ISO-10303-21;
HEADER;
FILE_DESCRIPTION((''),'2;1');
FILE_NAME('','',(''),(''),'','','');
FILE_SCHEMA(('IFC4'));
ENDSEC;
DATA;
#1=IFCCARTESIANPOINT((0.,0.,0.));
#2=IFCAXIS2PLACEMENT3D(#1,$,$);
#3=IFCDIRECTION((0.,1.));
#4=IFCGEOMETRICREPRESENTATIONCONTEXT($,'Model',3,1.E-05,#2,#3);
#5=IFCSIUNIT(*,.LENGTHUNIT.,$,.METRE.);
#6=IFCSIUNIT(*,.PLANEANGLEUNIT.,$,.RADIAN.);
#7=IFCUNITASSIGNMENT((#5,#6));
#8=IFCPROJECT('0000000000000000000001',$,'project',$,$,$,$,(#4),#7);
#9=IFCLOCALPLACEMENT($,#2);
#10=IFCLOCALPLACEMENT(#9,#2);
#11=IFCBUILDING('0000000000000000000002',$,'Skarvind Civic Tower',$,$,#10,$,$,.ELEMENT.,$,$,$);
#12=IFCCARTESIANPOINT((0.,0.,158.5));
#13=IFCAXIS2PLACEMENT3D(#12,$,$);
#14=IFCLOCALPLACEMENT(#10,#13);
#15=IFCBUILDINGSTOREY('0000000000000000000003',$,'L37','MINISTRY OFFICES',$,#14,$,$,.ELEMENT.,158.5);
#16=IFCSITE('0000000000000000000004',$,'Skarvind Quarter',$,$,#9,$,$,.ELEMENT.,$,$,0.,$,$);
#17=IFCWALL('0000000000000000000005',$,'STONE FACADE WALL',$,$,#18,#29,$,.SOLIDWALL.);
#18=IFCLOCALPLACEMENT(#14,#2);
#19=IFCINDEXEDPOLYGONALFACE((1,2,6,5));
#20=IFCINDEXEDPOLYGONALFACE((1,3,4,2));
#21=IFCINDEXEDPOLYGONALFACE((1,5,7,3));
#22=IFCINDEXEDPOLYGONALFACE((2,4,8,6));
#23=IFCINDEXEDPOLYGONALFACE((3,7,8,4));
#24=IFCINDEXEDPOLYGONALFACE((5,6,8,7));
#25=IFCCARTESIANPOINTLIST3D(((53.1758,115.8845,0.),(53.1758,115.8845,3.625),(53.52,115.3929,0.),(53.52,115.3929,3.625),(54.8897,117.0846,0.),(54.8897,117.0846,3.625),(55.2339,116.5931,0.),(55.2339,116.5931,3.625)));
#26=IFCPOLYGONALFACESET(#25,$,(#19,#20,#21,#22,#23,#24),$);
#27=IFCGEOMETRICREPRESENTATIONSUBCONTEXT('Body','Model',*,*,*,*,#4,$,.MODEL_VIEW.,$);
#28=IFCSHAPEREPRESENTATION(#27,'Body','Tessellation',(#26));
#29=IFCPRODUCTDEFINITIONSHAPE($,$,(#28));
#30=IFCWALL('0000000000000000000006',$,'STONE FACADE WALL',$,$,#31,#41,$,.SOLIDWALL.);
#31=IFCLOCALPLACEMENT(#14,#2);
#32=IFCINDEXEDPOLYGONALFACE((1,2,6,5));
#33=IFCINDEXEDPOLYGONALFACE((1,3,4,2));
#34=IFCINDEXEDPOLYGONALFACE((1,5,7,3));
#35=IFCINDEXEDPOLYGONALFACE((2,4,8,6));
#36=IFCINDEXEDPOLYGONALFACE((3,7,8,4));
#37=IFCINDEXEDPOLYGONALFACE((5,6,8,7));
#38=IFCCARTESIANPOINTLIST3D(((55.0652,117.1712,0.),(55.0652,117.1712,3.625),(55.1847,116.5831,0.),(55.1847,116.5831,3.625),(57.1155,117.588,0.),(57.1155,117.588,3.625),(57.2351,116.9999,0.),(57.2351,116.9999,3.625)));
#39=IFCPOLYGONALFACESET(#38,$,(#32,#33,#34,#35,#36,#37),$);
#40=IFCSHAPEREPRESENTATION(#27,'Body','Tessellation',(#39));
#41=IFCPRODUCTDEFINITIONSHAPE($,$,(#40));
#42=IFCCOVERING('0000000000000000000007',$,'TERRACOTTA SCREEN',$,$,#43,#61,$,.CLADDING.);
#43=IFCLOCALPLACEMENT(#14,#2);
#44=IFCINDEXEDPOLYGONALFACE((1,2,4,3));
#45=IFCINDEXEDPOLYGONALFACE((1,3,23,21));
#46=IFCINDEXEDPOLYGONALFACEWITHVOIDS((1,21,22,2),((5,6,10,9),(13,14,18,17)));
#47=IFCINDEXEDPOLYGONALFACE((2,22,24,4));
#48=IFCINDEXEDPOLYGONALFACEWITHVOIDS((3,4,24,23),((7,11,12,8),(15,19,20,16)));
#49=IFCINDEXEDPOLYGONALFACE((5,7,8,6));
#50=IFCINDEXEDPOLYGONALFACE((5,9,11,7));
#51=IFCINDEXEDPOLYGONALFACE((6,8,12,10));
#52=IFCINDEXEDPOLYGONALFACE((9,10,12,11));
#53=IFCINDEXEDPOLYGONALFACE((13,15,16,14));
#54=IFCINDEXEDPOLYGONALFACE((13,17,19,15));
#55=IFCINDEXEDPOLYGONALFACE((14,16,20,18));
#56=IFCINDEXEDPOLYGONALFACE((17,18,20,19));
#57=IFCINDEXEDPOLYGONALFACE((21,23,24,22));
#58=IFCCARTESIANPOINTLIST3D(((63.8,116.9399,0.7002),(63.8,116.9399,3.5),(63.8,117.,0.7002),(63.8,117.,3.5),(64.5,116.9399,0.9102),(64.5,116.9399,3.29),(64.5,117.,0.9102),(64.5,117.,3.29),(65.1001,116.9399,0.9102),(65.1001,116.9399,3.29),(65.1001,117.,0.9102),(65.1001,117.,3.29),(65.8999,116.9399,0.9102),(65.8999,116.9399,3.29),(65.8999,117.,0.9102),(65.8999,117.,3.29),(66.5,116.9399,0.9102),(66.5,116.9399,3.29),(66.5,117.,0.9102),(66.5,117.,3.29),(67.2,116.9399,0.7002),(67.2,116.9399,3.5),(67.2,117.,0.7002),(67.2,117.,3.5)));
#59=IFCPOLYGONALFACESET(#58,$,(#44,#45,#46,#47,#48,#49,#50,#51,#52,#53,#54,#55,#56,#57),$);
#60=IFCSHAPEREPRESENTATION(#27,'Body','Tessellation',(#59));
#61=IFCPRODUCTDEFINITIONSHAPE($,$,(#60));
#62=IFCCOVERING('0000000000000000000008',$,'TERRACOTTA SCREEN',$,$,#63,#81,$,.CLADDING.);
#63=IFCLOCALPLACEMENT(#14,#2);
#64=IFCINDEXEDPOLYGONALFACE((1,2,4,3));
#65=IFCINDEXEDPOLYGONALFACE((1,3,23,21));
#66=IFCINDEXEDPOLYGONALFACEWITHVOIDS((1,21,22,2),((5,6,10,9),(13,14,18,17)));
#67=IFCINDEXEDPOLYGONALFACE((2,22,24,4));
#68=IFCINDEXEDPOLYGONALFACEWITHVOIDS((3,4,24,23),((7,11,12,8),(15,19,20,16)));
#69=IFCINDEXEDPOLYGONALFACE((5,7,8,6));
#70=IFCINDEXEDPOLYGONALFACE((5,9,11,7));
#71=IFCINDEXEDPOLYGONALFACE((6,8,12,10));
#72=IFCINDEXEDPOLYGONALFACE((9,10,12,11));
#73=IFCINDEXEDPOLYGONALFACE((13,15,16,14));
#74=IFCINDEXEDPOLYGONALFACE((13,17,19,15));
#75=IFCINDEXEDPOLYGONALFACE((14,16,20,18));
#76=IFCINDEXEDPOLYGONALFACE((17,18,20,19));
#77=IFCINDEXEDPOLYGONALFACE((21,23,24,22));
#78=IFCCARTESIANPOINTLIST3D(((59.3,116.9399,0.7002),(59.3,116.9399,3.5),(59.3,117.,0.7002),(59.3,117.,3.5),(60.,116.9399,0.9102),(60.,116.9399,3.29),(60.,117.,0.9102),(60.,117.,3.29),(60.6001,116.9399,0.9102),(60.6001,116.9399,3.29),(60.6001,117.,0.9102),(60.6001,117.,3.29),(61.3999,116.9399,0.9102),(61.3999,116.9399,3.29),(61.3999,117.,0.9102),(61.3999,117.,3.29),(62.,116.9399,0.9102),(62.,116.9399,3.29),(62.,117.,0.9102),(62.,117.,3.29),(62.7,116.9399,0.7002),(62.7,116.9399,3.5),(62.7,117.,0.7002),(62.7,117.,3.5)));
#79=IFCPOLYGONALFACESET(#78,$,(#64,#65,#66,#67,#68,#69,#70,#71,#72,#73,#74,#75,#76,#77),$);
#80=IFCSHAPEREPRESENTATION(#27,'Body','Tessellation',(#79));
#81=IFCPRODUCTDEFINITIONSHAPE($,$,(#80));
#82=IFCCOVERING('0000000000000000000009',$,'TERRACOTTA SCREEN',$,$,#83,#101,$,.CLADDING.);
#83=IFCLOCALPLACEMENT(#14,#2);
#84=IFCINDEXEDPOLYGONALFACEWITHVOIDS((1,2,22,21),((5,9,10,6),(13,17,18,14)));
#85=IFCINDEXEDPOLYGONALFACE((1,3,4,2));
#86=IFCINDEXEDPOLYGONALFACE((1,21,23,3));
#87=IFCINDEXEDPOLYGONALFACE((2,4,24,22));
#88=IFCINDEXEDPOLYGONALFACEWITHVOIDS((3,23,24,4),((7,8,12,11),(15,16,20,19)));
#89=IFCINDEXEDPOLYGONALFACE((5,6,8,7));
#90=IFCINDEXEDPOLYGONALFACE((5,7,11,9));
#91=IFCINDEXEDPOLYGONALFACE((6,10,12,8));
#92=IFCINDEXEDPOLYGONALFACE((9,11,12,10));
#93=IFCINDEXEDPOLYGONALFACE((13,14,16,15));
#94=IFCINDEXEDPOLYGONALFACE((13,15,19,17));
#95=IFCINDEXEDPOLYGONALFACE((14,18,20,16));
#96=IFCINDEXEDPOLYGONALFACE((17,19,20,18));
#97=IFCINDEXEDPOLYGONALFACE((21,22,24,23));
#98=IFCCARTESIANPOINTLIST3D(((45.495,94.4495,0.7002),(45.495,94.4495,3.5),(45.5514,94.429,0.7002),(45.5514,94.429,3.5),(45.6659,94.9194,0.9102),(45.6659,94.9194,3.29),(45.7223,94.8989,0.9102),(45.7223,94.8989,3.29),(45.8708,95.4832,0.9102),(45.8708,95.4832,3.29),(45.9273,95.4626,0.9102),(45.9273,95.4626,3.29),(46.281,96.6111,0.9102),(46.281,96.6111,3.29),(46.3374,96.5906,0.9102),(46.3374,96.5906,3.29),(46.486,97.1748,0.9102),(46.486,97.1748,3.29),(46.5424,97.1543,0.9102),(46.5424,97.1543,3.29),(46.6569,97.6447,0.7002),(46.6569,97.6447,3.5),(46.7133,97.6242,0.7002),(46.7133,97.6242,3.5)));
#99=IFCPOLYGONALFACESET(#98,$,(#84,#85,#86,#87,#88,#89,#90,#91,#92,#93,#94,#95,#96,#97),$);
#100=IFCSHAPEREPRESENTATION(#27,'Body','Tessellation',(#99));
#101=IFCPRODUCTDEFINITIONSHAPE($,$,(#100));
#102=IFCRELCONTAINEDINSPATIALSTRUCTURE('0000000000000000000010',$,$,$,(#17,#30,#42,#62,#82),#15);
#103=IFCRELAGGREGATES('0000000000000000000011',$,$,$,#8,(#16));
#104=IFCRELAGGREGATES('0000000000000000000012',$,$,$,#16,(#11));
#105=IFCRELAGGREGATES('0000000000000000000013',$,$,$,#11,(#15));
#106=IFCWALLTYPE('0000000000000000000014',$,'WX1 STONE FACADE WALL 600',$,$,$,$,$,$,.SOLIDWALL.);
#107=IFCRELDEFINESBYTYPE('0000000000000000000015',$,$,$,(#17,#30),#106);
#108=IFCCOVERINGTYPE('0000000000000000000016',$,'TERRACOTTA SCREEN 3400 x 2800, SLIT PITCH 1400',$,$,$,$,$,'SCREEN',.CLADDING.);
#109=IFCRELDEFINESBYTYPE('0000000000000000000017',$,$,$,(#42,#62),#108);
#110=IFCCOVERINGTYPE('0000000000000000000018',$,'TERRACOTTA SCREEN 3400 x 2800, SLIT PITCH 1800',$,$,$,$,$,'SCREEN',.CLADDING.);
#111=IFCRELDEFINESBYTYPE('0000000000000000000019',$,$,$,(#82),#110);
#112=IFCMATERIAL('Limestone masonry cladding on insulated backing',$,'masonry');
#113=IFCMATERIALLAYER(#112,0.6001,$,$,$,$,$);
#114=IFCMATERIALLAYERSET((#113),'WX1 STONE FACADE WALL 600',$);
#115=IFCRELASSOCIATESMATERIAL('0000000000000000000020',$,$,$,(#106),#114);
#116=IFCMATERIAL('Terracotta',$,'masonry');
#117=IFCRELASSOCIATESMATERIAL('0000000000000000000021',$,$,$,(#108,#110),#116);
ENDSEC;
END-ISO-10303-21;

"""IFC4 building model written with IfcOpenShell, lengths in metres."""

from ifc_helpers import new_model, si_unit, direction, frame, frame_2d, origin, place, context, subcontext, project, spatial, polyline, rectangle, outline, extrude, material, layer, layer_set, material_profile, profile_set, type_object, element, save


model = new_model("IFC4")

# Units and contexts
model_context = context("Model", 3, precision=1e-05, world=origin(), true_north=direction((0.0, 1.0)))
body_context = subcontext(model_context, "Body", "Model", "MODEL_VIEW")
ifc_project = project(units=[si_unit("LENGTHUNIT", "METRE"), si_unit("PLANEANGLEUNIT", "RADIAN")], contexts=[model_context])

# Site, building, storey
site_placement = place(None, origin())
site = spatial("IfcSite", under=ifc_project, at=site_placement, Name="Skarvind Quarter", CompositionType="ELEMENT", RefElevation=0.0)
building_placement = place(site_placement, origin())
building = spatial("IfcBuilding", under=site, at=building_placement, Name="Skarvind Civic Tower", CompositionType="ELEMENT")
storey_placement = place(building_placement, frame((0.0, 0.0, 158.5)))
storey = spatial("IfcBuildingStorey", under=building, at=storey_placement, Name="L37", Description="MINISTRY OFFICES", CompositionType="ELEMENT", Elevation=158.5)

# Shared definitions
ifc_material_1 = material(Name="Limestone masonry cladding on insulated backing", Category="masonry")
ifc_layer_1 = layer(ifc_material_1, 0.6001)
ifc_layer_set_1 = layer_set([ifc_layer_1], Name="WX1 STONE FACADE WALL 600")
wall_type_1 = type_object("IfcWallType", Name="WX1 STONE FACADE WALL 600", PredefinedType="SOLIDWALL", material=ifc_layer_set_1)

# Walls
for number, where, z_axis, x_axis, name in (
    (1, (55.0618, 116.8389, 0.0), (0.0, 0.0, 1.0), (-0.819122, -0.573619, 0.0), "STONE FACADE WALL"),
    (2, (57.1753, 117.2939, 0.0), (0.0, 0.0, 1.0), (-0.979961, -0.199189, 0.0), "STONE FACADE WALL"),
):
    element("IfcWall", number, at=place(storey_placement, frame(where, z_axis=z_axis, x_axis=x_axis)), inside=storey, type_object=wall_type_1, Name=name, PredefinedType="SOLIDWALL", context=body_context, shape_type="SweptSolid", body=[
        extrude(rectangle(XDim=2.0923, YDim=0.6001, at=frame_2d((1.0461, 0.0))), origin(), (0.0, 0.0, 1.0), 3.625),
    ])

# Coverings
ifc_material_2 = material(Name="Terracotta", Category="masonry")
ifc_material_profile_1 = material_profile(ifc_material_2, outline(polyline([(-1.7, -1.3999), (1.7, -1.3999), (1.7, 1.3999), (-1.7, 1.3999), (-1.7, -1.3999)]), holes=[polyline([(-1.0, -1.1899), (-0.3999, -1.1899), (-0.3999, 1.1899), (-1.0, 1.1899), (-1.0, -1.1899)]), polyline([(0.3999, -1.1899), (1.0, -1.1899), (1.0, 1.1899), (0.3999, 1.1899), (0.3999, -1.1899)])]), Name="TERRACOTTA SCREEN 3400 x 2800, SLIT PITCH 1400")
ifc_profile_set_1 = profile_set([ifc_material_profile_1], Name="Terracotta")
covering_type_1 = type_object("IfcCoveringType", Name="TERRACOTTA SCREEN 3400 x 2800, SLIT PITCH 1400", ElementType="SCREEN", PredefinedType="CLADDING", material=ifc_profile_set_1)
for number, where, z_axis, x_axis, name in (
    (3, (65.5, 117.0, 2.1001), (0.0, -1.0, 0.0), (1.0, 0.0, 0.0), "TERRACOTTA SCREEN"),
    (4, (61.0, 117.0, 2.1001), (0.0, -1.0, 0.0), (1.0, 0.0, 0.0), "TERRACOTTA SCREEN"),
):
    element("IfcCovering", number, at=place(storey_placement, frame(where, z_axis=z_axis, x_axis=x_axis)), inside=storey, type_object=covering_type_1, Name=name, PredefinedType="CLADDING", context=body_context, shape_type="SweptSolid", body=[
        extrude(outline(polyline([(-1.7, -1.3999), (1.7, -1.3999), (1.7, 1.3999), (-1.7, 1.3999), (-1.7, -1.3999)]), holes=[polyline([(-1.0, -1.1899), (-0.3999, -1.1899), (-0.3999, 1.1899), (-1.0, 1.1899), (-1.0, -1.1899)]), polyline([(0.3999, -1.1899), (1.0, -1.1899), (1.0, 1.1899), (0.3999, 1.1899), (0.3999, -1.1899)])]), origin(), (0.0, 0.0, 1.0), 0.0601),
    ])
ifc_material_profile_2 = material_profile(ifc_material_2, outline(polyline([(-1.7, -1.3999), (1.7, -1.3999), (1.7, 1.3999), (-1.7, 1.3999), (-1.7, -1.3999)]), holes=[polyline([(-1.2, -1.1899), (-0.6001, -1.1899), (-0.6001, 1.1899), (-1.2, 1.1899), (-1.2, -1.1899)]), polyline([(0.6001, -1.1899), (1.2, -1.1899), (1.2, 1.1899), (0.6001, 1.1899), (0.6001, -1.1899)])]), Name="TERRACOTTA SCREEN 3400 x 2800, SLIT PITCH 1800")
ifc_profile_set_2 = profile_set([ifc_material_profile_2], Name="Terracotta")
covering_type_2 = type_object("IfcCoveringType", Name="TERRACOTTA SCREEN 3400 x 2800, SLIT PITCH 1800", ElementType="SCREEN", PredefinedType="CLADDING", material=ifc_profile_set_2)
covering_placement = place(storey_placement, frame((46.0759, 96.0471, 2.1001), z_axis=(0.939793, -0.341743, 0.0), x_axis=(0.341743, 0.939793, 0.0)))
element("IfcCovering", 5, at=covering_placement, inside=storey, type_object=covering_type_2, Name="TERRACOTTA SCREEN", PredefinedType="CLADDING", context=body_context, shape_type="SweptSolid", body=[
    extrude(outline(polyline([(-1.7, -1.3999), (1.7, -1.3999), (1.7, 1.3999), (-1.7, 1.3999), (-1.7, -1.3999)]), holes=[polyline([(-1.2, -1.1899), (-0.6001, -1.1899), (-0.6001, 1.1899), (-1.2, 1.1899), (-1.2, -1.1899)]), polyline([(0.6001, -1.1899), (1.2, -1.1899), (1.2, 1.1899), (0.6001, 1.1899), (0.6001, -1.1899)])]), origin(), (0.0, 0.0, 1.0), 0.0601),
])

save(model, "model.ifc")
